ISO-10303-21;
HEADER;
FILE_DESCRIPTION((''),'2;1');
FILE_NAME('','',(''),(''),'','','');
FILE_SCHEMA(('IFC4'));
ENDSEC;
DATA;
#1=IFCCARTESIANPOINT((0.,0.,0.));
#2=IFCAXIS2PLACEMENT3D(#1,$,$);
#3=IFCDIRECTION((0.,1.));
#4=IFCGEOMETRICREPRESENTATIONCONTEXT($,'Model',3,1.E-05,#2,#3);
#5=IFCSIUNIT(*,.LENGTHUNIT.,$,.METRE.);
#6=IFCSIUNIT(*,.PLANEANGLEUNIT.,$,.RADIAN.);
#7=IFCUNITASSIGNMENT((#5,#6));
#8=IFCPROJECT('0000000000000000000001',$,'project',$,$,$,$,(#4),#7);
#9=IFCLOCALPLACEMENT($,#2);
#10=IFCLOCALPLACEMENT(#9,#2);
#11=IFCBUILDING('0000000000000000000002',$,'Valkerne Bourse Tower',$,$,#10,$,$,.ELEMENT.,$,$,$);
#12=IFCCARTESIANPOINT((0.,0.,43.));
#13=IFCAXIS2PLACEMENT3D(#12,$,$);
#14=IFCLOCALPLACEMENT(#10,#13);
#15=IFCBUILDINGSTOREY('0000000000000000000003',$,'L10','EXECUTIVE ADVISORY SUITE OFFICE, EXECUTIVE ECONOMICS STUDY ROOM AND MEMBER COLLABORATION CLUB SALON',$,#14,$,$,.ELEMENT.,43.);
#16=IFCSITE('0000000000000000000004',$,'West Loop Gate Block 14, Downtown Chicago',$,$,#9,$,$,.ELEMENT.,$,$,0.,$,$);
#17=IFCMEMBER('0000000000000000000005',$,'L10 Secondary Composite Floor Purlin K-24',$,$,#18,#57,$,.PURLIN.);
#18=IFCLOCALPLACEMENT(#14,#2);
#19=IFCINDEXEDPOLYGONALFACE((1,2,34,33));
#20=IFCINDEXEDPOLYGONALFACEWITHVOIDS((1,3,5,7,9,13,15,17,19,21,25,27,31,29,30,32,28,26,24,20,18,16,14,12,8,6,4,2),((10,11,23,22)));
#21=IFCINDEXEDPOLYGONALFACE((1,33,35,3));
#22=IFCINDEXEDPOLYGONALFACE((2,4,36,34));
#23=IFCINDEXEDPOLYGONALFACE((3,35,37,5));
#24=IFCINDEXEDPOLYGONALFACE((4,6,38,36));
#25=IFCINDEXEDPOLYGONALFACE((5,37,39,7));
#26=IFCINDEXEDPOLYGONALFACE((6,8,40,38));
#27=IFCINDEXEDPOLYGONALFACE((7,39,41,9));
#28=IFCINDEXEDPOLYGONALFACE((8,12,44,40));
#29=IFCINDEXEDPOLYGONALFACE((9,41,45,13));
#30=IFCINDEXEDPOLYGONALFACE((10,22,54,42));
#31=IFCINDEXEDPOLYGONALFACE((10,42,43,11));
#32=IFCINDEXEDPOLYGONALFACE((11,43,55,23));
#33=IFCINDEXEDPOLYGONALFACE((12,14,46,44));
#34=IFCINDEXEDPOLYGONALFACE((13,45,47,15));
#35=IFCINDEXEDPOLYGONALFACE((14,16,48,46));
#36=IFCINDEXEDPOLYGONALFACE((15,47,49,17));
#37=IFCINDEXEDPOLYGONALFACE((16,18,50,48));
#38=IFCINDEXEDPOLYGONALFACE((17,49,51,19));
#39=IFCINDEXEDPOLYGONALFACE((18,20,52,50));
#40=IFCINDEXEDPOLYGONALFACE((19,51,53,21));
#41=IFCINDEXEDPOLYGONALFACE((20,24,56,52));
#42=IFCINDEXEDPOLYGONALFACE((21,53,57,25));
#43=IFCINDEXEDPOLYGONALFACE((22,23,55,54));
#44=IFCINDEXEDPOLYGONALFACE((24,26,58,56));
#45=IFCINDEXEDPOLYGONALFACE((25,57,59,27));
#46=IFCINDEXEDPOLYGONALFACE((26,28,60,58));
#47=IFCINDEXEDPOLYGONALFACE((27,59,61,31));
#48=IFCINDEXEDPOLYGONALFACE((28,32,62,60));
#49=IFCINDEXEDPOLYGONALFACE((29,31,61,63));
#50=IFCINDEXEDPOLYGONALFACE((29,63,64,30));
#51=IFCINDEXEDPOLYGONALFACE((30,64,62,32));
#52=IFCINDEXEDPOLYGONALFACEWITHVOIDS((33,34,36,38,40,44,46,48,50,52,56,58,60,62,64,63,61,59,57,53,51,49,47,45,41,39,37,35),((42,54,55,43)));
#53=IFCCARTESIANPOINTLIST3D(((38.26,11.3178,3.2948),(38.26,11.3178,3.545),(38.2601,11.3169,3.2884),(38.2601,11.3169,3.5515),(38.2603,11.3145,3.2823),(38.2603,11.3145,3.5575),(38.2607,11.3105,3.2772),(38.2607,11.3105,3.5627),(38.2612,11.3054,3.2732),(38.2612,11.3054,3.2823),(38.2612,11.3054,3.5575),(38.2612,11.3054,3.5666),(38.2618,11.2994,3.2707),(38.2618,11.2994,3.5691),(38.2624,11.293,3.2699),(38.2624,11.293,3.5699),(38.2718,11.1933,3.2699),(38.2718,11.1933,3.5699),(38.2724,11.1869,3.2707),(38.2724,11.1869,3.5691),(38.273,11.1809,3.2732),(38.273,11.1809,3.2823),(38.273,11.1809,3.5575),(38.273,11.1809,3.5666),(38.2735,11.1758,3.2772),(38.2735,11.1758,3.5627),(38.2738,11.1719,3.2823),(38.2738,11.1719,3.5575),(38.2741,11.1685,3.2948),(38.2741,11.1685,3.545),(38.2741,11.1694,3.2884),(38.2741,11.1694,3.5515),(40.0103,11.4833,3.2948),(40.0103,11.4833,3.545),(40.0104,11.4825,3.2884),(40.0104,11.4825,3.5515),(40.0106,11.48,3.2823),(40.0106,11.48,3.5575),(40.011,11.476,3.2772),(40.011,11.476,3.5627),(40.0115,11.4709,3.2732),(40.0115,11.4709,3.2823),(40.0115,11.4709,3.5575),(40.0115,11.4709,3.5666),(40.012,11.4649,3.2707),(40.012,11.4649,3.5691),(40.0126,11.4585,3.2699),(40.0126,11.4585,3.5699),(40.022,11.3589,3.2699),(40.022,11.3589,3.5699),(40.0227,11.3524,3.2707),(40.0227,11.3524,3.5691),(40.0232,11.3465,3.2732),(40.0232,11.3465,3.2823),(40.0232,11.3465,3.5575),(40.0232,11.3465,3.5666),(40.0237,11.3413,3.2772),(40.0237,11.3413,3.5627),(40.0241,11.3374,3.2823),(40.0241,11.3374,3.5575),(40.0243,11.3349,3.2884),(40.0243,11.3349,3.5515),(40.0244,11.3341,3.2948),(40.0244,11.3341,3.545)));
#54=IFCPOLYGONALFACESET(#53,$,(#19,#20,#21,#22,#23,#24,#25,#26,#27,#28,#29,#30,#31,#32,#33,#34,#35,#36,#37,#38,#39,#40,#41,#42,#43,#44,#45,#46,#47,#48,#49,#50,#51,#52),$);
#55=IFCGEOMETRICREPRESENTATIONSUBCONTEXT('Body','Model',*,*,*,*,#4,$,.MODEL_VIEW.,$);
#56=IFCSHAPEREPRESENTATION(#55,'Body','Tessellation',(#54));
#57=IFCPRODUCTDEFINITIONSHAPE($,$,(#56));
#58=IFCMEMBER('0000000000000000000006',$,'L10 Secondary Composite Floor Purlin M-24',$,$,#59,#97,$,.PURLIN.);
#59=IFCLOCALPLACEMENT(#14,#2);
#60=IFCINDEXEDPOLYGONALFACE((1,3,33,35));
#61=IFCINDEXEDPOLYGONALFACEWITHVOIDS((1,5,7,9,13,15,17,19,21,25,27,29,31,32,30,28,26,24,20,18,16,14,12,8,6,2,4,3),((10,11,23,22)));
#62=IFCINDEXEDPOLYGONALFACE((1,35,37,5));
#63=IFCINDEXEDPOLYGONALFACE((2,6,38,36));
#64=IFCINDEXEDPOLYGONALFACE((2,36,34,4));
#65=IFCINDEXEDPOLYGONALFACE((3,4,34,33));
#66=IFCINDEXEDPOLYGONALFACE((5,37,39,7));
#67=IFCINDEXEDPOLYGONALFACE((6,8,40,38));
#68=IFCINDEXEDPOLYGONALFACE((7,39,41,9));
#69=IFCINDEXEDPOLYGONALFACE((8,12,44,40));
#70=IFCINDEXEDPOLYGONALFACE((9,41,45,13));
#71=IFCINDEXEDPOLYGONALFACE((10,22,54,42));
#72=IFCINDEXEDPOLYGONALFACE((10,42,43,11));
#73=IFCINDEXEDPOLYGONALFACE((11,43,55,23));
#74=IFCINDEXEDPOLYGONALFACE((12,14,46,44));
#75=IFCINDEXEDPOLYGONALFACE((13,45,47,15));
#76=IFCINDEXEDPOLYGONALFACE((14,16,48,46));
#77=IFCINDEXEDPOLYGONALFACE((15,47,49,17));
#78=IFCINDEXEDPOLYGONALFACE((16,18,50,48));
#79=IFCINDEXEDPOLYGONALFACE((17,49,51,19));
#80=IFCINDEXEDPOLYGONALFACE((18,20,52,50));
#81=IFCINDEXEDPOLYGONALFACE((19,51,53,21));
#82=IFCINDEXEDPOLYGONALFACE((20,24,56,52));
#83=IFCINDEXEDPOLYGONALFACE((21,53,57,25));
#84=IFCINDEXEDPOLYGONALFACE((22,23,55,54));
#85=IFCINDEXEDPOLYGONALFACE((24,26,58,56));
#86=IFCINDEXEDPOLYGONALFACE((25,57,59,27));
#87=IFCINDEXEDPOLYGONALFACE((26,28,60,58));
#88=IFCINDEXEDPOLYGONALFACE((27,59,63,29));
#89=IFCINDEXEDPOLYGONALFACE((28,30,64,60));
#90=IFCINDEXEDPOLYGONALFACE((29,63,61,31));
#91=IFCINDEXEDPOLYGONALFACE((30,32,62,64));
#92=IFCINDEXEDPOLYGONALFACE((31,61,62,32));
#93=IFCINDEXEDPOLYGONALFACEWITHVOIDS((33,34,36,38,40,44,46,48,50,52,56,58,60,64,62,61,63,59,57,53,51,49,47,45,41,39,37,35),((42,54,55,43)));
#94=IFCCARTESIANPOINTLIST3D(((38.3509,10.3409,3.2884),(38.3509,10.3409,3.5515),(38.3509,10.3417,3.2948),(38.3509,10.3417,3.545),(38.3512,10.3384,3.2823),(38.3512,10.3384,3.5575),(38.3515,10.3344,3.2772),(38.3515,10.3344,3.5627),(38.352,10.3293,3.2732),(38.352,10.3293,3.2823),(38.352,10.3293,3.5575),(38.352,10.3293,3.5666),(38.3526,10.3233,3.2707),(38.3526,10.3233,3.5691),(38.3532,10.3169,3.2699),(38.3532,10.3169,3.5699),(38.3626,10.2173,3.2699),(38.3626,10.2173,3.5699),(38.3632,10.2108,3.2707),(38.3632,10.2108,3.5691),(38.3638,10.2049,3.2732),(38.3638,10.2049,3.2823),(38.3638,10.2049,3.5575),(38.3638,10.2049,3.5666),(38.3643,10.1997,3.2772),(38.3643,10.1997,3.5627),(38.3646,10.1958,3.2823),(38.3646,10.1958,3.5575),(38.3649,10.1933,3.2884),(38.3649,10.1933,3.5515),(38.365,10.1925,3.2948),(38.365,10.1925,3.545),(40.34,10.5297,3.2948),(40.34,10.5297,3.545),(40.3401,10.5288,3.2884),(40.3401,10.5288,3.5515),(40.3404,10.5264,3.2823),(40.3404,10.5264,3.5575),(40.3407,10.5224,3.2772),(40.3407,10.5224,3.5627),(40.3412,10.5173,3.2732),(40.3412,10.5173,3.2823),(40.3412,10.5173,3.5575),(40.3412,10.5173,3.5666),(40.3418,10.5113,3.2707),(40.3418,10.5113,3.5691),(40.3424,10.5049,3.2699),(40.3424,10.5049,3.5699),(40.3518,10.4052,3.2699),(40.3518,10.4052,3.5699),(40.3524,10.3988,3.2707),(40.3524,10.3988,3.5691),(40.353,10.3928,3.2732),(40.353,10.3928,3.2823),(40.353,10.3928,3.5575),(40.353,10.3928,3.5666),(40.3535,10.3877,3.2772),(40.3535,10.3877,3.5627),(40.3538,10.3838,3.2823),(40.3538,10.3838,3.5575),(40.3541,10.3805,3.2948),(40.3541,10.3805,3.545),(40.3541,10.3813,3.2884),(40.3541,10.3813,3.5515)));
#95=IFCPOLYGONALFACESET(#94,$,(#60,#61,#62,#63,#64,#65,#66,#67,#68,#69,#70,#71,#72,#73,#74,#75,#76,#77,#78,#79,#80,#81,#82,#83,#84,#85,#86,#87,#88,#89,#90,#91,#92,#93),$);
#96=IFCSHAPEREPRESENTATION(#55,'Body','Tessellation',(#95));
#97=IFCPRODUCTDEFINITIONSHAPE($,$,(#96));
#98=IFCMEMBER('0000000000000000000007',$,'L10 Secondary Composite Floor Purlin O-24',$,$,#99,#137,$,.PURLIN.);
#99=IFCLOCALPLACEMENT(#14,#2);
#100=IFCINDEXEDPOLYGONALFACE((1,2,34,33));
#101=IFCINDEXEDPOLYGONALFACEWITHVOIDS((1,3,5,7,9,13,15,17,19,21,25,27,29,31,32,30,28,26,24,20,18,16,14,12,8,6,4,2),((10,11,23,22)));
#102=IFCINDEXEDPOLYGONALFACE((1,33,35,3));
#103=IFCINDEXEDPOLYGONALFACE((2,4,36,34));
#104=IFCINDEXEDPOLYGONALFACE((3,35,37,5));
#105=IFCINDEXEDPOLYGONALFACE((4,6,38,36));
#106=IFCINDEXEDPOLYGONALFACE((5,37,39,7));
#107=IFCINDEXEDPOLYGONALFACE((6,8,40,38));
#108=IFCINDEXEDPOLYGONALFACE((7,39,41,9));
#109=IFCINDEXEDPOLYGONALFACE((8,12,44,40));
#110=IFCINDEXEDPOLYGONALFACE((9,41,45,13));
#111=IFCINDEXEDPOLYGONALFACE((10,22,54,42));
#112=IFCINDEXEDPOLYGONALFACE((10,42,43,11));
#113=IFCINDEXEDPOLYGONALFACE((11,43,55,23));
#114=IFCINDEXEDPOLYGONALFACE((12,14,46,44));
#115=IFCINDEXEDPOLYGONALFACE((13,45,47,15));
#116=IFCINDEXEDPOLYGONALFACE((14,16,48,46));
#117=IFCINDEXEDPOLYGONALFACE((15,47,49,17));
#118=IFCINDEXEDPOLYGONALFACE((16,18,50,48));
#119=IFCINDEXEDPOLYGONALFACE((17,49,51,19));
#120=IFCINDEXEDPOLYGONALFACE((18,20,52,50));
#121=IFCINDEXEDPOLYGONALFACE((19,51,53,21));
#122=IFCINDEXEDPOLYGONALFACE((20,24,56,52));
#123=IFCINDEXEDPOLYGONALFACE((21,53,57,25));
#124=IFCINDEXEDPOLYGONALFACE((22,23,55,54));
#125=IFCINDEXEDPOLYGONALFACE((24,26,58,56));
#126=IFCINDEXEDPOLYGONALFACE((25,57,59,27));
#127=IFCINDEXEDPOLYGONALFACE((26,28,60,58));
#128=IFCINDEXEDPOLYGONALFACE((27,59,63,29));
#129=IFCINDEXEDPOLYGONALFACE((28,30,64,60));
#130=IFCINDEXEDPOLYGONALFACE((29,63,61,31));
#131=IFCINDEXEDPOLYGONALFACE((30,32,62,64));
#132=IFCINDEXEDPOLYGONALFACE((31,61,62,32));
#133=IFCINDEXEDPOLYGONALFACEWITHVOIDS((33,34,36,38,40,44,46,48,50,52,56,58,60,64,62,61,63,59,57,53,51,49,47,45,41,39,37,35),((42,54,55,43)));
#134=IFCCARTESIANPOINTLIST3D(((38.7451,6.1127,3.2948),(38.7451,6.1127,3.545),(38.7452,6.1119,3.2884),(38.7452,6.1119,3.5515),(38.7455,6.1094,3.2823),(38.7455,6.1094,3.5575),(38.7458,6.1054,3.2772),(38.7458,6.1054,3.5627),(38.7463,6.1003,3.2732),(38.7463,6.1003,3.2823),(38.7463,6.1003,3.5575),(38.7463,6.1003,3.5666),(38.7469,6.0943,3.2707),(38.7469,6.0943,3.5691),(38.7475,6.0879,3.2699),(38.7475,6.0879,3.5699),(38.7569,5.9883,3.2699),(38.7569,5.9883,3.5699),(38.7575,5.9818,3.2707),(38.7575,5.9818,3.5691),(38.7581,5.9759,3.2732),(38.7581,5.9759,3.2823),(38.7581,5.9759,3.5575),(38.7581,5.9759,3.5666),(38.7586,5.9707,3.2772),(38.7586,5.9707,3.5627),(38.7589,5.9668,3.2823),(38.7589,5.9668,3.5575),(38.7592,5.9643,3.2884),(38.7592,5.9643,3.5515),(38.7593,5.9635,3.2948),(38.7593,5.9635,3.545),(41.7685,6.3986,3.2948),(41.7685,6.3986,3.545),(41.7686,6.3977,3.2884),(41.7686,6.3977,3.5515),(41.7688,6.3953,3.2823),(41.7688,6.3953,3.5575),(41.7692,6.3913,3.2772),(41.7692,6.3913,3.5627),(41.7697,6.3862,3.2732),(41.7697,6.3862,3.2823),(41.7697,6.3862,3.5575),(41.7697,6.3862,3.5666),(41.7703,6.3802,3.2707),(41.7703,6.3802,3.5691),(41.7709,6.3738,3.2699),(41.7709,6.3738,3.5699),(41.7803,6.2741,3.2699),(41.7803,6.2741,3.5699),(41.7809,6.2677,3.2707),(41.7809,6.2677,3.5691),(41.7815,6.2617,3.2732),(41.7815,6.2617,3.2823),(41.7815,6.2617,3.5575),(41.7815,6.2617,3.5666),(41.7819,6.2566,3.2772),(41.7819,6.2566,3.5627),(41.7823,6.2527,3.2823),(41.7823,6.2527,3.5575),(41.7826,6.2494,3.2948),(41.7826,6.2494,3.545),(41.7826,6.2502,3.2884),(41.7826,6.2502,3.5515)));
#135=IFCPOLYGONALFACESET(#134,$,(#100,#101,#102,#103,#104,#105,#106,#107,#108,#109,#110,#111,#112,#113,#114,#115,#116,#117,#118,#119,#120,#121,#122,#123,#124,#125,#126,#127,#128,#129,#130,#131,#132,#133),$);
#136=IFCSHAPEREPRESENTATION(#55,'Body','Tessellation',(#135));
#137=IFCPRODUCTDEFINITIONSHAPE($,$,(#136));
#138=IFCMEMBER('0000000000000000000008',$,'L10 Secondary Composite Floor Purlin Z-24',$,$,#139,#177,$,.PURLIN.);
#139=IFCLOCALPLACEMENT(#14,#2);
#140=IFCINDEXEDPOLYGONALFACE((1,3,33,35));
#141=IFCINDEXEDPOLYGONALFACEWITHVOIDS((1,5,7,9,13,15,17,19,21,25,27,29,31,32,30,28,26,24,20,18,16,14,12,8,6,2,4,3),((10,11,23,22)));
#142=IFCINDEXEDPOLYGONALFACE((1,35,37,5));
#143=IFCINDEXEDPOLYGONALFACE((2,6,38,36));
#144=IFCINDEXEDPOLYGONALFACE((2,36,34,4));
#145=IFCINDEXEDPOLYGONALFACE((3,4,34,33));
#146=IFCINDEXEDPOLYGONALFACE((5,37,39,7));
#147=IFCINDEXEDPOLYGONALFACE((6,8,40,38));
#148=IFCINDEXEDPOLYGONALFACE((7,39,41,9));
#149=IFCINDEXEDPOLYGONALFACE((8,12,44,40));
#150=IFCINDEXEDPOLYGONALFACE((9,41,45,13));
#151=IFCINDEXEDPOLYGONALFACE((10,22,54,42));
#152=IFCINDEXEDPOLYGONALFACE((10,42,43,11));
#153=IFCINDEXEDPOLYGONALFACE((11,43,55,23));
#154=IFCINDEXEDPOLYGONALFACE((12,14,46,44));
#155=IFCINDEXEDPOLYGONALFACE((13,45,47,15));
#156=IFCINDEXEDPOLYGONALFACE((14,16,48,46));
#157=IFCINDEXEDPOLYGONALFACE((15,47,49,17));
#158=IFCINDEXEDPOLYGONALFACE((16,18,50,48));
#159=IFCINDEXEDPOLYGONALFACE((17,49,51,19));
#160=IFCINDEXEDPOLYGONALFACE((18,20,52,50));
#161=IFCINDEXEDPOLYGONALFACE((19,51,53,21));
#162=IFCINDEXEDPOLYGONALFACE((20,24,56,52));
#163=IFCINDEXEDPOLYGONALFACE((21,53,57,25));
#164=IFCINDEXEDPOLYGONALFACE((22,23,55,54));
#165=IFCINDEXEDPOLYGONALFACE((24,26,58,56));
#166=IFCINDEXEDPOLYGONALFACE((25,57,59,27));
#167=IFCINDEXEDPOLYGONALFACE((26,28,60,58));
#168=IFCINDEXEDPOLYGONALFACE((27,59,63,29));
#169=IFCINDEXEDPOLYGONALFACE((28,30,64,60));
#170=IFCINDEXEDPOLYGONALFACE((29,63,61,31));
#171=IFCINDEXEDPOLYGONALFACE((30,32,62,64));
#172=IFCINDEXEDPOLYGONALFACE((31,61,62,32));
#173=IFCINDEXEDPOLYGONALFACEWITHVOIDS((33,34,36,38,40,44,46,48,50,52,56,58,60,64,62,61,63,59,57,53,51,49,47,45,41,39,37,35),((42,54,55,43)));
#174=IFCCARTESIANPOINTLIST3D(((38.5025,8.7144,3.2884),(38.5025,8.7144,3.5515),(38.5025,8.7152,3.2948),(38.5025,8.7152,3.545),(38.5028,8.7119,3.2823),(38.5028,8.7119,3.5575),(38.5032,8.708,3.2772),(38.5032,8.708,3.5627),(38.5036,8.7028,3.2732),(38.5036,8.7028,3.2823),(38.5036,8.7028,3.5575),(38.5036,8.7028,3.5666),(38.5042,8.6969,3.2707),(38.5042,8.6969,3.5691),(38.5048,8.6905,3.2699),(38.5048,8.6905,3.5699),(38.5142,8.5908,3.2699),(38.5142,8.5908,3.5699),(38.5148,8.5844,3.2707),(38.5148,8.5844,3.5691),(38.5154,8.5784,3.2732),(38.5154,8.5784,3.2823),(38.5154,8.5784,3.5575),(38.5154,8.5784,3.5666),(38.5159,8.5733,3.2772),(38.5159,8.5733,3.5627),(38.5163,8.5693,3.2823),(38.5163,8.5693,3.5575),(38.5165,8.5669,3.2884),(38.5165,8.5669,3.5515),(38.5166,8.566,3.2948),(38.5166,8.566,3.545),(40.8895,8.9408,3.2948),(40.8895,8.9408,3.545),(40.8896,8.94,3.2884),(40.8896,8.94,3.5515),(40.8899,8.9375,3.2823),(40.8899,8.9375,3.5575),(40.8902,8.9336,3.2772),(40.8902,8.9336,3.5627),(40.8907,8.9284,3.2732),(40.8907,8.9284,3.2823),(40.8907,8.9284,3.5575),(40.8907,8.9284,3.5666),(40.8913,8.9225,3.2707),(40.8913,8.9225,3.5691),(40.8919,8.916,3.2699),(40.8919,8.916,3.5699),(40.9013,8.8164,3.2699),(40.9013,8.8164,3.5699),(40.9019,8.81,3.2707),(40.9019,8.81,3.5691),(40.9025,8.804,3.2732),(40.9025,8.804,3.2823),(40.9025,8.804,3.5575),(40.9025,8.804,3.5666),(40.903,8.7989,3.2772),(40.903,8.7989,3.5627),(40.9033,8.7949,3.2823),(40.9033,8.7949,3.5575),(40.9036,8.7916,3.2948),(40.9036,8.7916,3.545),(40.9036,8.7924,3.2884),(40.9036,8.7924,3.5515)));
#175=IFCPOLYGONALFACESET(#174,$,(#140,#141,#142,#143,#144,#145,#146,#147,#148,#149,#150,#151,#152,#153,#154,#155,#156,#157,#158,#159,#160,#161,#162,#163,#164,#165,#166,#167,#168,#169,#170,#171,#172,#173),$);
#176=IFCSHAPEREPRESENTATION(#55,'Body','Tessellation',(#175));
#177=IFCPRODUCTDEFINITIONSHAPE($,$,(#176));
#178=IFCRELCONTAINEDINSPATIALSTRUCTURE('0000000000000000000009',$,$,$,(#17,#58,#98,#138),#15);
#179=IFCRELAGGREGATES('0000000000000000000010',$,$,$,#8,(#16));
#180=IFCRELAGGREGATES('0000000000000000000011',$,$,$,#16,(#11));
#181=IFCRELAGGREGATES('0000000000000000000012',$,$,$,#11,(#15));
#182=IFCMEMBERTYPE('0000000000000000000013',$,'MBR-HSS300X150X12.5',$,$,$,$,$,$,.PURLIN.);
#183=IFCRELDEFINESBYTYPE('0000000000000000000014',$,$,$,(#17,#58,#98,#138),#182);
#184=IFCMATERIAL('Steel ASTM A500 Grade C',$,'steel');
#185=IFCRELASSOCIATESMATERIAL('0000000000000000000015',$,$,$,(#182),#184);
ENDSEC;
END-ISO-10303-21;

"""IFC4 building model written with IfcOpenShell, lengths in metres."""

from ifc_helpers import new_model, si_unit, direction, frame, origin, origin_2d, place, context, subcontext, project, spatial, hollow_rectangle, extrude, material, material_profile, profile_set, type_object, element, save


model = new_model("IFC4")

# Units and contexts
model_context = context("Model", 3, precision=1e-05, world=origin(), true_north=direction((0.0, 1.0)))
body_context = subcontext(model_context, "Body", "Model", "MODEL_VIEW")
ifc_project = project(units=[si_unit("LENGTHUNIT", "METRE"), si_unit("PLANEANGLEUNIT", "RADIAN")], contexts=[model_context])

# Site, building, storey
site_placement = place(None, origin())
site = spatial("IfcSite", under=ifc_project, at=site_placement, Name="West Loop Gate Block 14, Downtown Chicago", CompositionType="ELEMENT", RefElevation=0.0)
building_placement = place(site_placement, origin())
building = spatial("IfcBuilding", under=site, at=building_placement, Name="Valkerne Bourse Tower", CompositionType="ELEMENT")
storey_placement = place(building_placement, frame((0.0, 0.0, 43.0)))
storey = spatial("IfcBuildingStorey", under=building, at=storey_placement, Name="L10", Description="EXECUTIVE ADVISORY SUITE OFFICE, EXECUTIVE ECONOMICS STUDY ROOM AND MEMBER COLLABORATION CLUB SALON", CompositionType="ELEMENT", Elevation=43.0)

# Members
ifc_material_1 = material(Name="Steel ASTM A500 Grade C", Category="steel")
ifc_material_profile_1 = material_profile(ifc_material_1, hollow_rectangle(XDim=0.1499, YDim=0.3, WallThickness=0.0125, OuterFilletRadius=0.0249, at=origin_2d()), Name="HSS300X150X12.5")
ifc_profile_set_1 = profile_set([ifc_material_profile_1], Name="Steel ASTM A500 Grade C")
member_type_1 = type_object("IfcMemberType", Name="MBR-HSS300X150X12.5", PredefinedType="PURLIN", material=ifc_profile_set_1)
member_1_placement = place(storey_placement, frame((38.2671, 11.2432, 3.4199), z_axis=(0.995558, 0.094154, 0.0), x_axis=(-0.094154, 0.995558, 0.0)))
element("IfcMember", 1, at=member_1_placement, inside=storey, type_object=member_type_1, Name="L10 Secondary Composite Floor Purlin K-24", PredefinedType="PURLIN", context=body_context, shape_type="SweptSolid", body=[
    extrude(hollow_rectangle(XDim=0.1499, YDim=0.3, WallThickness=0.0125, OuterFilletRadius=0.0249, at=origin_2d()), origin(), (0.0, 0.0, 1.0), 1.7581),
])
member_2_placement = place(storey_placement, frame((38.3579, 10.2671, 3.4199), z_axis=(0.995564, 0.094083, 0.0), x_axis=(-0.094083, 0.995564, 0.0)))
element("IfcMember", 2, at=member_2_placement, inside=storey, type_object=member_type_1, Name="L10 Secondary Composite Floor Purlin M-24", PredefinedType="PURLIN", context=body_context, shape_type="SweptSolid", body=[
    extrude(hollow_rectangle(XDim=0.1499, YDim=0.3, WallThickness=0.0125, OuterFilletRadius=0.0249, at=origin_2d()), origin(), (0.0, 0.0, 1.0), 1.998),
])
member_3_placement = place(storey_placement, frame((38.7522, 6.0381, 3.4199), z_axis=(0.995559, 0.094138, 0.0), x_axis=(-0.094138, 0.995559, 0.0)))
element("IfcMember", 3, at=member_3_placement, inside=storey, type_object=member_type_1, Name="L10 Secondary Composite Floor Purlin O-24", PredefinedType="PURLIN", context=body_context, shape_type="SweptSolid", body=[
    extrude(hollow_rectangle(XDim=0.1499, YDim=0.3, WallThickness=0.0125, OuterFilletRadius=0.0249, at=origin_2d()), origin(), (0.0, 0.0, 1.0), 3.0369),
])
member_4_placement = place(storey_placement, frame((38.5095, 8.6406, 3.4199), z_axis=(0.995564, 0.094088, 0.0), x_axis=(-0.094088, 0.995564, 0.0)))
element("IfcMember", 4, at=member_4_placement, inside=storey, type_object=member_type_1, Name="L10 Secondary Composite Floor Purlin Z-24", PredefinedType="PURLIN", context=body_context, shape_type="SweptSolid", body=[
    extrude(hollow_rectangle(XDim=0.1499, YDim=0.3, WallThickness=0.0125, OuterFilletRadius=0.0249, at=origin_2d()), origin(), (0.0, 0.0, 1.0), 2.3977),
])

save(model, "model.ifc")
